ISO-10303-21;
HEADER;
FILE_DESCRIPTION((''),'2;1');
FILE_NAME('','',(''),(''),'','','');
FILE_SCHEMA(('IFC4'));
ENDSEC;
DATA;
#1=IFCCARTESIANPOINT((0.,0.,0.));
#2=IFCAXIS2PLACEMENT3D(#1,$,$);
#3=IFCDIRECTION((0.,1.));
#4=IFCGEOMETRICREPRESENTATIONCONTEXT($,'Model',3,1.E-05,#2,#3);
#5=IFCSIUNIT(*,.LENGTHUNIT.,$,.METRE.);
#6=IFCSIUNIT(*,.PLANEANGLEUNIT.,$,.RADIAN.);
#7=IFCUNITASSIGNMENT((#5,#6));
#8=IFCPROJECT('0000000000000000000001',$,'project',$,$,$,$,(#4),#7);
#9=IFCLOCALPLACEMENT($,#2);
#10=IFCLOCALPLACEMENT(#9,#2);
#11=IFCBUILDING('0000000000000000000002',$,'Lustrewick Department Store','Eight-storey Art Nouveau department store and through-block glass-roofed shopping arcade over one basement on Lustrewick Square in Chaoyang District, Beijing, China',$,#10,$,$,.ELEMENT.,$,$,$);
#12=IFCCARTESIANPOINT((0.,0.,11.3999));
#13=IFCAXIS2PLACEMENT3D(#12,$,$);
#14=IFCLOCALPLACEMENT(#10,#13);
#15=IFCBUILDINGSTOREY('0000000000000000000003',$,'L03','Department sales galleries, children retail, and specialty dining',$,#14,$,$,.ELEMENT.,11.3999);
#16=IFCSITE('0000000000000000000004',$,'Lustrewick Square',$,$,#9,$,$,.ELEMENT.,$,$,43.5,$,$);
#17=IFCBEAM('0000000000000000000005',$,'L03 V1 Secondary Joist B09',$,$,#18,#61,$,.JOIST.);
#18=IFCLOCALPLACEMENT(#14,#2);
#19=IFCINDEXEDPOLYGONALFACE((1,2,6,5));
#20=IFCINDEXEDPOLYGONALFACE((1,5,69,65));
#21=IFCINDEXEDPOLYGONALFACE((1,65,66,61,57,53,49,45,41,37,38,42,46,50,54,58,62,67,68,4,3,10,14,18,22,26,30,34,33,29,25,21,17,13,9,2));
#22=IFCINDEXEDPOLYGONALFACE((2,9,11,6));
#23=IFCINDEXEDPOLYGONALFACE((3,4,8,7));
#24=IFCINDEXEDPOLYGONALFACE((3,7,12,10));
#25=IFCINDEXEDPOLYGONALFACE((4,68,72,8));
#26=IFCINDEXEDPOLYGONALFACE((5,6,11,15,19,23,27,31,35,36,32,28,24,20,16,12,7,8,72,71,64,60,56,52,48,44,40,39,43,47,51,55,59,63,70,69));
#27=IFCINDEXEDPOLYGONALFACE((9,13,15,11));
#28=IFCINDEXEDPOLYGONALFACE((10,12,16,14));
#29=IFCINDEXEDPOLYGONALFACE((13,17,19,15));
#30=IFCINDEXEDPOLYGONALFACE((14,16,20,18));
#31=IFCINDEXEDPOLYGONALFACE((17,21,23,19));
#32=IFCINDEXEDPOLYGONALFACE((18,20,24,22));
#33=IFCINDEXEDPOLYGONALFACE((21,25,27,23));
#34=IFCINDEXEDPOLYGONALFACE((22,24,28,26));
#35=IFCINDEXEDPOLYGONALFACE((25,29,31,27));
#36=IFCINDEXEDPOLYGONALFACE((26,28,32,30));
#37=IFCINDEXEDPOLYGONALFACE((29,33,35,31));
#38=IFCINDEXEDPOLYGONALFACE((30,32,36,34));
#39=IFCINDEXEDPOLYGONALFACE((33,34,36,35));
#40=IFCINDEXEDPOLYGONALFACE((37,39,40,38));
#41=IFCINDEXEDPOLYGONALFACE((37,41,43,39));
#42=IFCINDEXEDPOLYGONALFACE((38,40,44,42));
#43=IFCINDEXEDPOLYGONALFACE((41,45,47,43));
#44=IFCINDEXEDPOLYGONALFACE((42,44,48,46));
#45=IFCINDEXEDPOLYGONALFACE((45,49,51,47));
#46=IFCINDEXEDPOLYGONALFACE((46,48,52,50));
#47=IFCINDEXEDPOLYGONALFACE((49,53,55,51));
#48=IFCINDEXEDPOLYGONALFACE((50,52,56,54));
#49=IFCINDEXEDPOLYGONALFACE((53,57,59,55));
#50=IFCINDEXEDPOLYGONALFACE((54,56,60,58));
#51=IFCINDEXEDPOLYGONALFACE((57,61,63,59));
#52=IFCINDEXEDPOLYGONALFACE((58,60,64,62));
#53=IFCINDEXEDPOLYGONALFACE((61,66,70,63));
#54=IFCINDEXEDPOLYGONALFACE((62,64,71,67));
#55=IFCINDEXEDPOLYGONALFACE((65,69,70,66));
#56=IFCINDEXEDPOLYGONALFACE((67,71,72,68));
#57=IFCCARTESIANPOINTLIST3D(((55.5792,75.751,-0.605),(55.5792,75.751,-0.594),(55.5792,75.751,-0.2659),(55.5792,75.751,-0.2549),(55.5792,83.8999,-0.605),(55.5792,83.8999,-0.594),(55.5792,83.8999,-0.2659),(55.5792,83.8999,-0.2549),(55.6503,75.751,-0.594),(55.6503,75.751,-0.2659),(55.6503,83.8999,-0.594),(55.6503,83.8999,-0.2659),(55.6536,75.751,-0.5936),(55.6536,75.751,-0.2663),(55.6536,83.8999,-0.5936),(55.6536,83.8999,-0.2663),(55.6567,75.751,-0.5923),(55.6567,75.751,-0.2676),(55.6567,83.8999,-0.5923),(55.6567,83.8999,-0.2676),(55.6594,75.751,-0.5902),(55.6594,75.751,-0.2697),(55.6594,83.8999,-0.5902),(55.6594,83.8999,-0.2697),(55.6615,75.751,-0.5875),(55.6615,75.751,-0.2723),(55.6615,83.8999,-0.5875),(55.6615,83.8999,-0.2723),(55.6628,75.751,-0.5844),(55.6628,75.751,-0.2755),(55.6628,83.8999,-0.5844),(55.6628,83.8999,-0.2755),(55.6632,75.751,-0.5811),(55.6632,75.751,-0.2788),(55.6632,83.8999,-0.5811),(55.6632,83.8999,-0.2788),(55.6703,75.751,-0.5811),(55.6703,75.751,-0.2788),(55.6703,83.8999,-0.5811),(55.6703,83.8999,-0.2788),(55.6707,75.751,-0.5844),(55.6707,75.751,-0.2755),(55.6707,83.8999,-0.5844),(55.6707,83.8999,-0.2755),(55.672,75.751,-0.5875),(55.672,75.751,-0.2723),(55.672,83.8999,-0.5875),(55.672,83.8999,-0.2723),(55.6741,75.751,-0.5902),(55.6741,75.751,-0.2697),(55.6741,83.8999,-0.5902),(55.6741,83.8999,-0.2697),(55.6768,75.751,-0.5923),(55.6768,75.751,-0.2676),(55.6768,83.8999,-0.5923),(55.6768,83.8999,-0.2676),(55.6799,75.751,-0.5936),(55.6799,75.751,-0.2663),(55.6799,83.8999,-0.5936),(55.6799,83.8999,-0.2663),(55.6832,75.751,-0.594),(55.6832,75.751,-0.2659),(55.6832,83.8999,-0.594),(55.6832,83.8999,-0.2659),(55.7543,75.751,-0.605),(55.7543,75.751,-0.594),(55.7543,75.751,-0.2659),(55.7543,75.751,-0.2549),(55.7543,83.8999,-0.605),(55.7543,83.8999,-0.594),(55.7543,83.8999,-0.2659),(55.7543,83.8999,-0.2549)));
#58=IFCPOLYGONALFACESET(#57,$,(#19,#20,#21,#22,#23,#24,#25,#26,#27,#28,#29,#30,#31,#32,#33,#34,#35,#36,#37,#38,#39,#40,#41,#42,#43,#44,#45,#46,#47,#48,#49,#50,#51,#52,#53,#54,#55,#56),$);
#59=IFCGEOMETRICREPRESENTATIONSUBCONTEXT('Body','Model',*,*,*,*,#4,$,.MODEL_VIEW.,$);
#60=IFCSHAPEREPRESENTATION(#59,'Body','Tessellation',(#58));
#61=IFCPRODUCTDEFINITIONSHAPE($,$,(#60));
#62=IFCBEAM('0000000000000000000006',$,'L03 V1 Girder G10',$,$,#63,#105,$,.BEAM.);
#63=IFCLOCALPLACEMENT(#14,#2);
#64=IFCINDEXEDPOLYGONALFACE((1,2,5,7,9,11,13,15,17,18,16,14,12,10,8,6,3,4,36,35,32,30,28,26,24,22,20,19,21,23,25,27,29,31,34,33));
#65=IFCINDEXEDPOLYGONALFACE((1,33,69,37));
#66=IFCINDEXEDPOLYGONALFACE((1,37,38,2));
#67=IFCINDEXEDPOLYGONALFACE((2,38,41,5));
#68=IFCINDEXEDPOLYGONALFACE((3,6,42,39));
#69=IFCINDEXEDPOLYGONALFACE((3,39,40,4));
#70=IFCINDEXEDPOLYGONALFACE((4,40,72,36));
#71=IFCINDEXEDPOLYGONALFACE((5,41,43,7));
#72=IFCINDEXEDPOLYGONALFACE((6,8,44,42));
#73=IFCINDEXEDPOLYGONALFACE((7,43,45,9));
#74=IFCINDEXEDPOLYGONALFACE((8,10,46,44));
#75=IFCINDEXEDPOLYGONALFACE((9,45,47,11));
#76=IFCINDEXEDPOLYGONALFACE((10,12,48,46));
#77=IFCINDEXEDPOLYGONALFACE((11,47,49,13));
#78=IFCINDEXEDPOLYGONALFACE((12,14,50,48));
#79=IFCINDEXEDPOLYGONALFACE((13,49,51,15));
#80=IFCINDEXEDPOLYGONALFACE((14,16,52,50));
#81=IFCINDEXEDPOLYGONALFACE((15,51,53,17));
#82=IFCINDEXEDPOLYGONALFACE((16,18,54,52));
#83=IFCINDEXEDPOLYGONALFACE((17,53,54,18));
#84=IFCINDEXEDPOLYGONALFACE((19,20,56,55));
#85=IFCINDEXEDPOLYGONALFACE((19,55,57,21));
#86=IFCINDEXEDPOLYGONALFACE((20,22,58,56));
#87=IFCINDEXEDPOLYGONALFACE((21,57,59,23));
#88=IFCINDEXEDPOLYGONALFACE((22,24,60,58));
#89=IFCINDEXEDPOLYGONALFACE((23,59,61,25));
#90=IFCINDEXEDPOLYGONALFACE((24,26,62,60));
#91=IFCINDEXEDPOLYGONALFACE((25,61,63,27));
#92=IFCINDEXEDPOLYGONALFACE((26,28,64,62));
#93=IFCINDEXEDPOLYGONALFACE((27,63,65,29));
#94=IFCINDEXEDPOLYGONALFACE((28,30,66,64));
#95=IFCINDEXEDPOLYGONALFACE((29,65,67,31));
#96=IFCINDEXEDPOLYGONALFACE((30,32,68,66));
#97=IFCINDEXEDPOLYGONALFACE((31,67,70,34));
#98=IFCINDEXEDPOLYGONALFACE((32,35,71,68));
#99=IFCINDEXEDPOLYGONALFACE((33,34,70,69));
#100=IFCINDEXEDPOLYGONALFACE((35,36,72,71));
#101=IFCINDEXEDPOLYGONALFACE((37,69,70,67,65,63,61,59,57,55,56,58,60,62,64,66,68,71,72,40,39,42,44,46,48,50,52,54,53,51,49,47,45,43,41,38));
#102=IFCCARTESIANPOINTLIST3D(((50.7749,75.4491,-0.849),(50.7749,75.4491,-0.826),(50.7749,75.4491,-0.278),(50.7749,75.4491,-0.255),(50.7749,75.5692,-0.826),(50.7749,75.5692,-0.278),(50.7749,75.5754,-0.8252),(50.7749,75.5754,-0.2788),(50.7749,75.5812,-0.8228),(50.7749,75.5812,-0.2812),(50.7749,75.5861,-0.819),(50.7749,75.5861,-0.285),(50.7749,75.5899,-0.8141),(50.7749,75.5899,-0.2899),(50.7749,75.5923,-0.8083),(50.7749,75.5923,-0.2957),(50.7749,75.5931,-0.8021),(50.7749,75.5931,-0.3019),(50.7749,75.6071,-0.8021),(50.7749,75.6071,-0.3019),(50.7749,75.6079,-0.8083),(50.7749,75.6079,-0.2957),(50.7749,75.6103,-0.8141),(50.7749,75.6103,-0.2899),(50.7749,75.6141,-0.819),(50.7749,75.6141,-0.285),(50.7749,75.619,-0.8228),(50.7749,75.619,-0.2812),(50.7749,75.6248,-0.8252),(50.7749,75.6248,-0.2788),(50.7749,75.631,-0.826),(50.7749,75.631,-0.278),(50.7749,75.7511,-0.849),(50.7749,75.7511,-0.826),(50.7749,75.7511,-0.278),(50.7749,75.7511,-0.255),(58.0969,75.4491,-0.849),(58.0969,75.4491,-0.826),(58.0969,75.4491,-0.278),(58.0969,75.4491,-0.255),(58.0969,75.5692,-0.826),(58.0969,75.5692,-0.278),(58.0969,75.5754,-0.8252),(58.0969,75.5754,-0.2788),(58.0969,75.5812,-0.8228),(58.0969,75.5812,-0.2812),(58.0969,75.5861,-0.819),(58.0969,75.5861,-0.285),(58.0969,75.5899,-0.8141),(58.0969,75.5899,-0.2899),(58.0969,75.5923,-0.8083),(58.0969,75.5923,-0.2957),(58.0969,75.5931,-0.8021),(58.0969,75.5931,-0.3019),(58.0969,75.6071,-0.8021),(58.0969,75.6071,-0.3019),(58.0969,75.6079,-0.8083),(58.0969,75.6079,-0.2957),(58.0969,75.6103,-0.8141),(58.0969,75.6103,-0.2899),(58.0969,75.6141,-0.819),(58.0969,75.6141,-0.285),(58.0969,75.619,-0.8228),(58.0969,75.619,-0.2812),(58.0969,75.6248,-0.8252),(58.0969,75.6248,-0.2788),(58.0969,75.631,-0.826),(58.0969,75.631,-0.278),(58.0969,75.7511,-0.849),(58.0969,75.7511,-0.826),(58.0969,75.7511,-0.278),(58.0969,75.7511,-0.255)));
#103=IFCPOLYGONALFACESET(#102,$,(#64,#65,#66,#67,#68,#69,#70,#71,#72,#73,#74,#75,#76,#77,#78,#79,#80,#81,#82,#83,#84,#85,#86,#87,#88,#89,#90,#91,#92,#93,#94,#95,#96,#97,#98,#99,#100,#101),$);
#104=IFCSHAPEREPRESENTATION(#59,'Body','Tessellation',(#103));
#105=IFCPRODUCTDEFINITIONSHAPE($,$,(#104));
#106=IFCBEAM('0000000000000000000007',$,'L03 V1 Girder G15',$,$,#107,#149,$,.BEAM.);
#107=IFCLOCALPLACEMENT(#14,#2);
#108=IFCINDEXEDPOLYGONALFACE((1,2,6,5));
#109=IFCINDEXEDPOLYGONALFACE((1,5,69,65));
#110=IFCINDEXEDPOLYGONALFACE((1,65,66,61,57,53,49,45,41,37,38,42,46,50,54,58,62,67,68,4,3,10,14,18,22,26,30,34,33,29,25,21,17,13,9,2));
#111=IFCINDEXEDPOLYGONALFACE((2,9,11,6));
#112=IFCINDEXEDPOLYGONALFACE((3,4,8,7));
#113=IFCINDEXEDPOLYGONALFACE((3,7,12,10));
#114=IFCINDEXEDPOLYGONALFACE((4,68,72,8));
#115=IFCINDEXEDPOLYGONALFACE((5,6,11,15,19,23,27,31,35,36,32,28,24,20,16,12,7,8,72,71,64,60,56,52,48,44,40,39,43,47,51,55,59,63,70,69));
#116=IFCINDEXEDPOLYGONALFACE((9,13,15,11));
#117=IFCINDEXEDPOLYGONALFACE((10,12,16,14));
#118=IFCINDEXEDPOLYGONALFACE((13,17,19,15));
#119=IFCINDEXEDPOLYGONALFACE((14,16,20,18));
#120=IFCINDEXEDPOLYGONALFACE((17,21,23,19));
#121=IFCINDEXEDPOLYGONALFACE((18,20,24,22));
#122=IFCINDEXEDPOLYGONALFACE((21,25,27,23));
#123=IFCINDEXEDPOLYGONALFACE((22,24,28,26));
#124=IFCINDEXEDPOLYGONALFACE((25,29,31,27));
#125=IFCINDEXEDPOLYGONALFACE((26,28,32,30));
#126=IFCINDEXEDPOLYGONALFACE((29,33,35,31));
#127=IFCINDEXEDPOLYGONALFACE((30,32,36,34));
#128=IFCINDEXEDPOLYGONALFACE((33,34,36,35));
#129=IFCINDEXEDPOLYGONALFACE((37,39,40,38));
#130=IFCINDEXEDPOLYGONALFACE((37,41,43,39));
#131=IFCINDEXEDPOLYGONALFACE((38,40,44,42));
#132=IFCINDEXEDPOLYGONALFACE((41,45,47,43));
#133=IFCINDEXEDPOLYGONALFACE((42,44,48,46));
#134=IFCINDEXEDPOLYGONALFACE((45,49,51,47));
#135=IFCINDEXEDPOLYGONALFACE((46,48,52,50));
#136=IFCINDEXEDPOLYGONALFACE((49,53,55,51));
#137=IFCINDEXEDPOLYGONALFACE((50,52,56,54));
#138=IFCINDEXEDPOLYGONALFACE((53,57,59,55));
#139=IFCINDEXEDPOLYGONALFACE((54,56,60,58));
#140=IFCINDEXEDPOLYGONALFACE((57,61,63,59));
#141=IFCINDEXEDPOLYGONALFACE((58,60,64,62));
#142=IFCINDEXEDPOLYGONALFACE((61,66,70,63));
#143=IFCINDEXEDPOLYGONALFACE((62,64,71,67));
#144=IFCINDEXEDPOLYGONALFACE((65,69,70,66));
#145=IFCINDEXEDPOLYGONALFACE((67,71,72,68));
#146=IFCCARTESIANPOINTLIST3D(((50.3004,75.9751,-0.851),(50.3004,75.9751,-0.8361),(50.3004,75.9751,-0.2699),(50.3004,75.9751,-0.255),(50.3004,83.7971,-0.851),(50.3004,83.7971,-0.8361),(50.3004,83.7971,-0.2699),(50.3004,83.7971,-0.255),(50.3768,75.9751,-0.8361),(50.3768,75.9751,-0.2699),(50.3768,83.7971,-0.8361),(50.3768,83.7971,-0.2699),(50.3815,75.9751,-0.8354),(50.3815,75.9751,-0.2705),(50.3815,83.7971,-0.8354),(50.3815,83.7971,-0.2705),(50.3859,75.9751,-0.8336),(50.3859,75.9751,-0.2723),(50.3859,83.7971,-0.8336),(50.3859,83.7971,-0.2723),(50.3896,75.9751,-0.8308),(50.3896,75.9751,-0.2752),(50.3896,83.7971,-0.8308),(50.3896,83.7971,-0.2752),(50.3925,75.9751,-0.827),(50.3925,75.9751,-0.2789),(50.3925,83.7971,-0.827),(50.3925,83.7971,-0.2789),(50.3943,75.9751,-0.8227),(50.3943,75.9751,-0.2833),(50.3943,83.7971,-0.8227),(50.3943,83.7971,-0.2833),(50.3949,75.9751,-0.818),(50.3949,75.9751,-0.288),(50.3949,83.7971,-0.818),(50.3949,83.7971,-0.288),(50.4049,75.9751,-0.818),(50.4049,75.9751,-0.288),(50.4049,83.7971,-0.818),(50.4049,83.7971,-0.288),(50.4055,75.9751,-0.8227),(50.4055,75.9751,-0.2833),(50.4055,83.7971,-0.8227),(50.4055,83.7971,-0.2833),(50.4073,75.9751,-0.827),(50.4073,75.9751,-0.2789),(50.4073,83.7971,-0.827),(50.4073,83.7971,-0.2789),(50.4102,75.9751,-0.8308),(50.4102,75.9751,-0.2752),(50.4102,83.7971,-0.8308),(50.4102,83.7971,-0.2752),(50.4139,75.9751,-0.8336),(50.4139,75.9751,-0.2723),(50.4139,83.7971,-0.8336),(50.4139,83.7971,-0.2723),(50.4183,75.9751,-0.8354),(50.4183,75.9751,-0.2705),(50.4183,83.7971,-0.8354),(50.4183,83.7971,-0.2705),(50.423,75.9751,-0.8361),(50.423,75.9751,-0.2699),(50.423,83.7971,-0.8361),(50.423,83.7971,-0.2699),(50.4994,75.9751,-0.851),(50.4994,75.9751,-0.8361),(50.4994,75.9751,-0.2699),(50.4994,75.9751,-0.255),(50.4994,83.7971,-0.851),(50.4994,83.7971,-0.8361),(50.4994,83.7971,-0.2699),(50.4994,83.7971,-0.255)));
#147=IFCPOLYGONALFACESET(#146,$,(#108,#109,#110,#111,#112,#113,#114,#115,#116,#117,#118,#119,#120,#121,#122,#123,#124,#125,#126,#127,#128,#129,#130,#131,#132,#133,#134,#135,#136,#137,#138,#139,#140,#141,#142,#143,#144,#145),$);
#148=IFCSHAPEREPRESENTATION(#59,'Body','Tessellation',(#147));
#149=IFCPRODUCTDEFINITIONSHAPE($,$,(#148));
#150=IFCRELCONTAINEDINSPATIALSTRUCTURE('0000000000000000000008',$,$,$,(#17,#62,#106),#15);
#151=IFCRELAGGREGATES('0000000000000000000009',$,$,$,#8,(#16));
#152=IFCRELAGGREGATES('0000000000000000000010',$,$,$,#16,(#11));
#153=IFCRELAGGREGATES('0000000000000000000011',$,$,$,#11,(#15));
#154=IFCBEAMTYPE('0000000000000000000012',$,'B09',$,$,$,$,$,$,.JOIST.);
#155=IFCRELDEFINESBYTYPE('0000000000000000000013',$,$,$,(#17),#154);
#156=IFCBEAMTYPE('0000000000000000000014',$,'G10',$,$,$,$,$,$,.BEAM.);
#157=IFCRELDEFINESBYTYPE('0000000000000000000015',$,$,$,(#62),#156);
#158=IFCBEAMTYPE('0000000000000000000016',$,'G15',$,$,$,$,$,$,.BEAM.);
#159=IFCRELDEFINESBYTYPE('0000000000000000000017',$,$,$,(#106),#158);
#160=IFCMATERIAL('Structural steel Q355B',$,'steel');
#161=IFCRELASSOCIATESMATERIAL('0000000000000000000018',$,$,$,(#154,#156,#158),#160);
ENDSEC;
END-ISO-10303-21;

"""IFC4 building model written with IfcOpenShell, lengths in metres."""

from ifc_helpers import new_model, si_unit, direction, frame, origin, origin_2d, place, context, subcontext, project, spatial, i_section, extrude, material, material_profile, profile_set, type_object, element, save


model = new_model("IFC4")

# Units and contexts
model_context = context("Model", 3, precision=1e-05, world=origin(), true_north=direction((0.0, 1.0)))
body_context = subcontext(model_context, "Body", "Model", "MODEL_VIEW")
ifc_project = project(units=[si_unit("LENGTHUNIT", "METRE"), si_unit("PLANEANGLEUNIT", "RADIAN")], contexts=[model_context])

# Site, building, storey
site_placement = place(None, origin())
site = spatial("IfcSite", under=ifc_project, at=site_placement, Name="Lustrewick Square", CompositionType="ELEMENT", RefElevation=43.5)
building_placement = place(site_placement, origin())
building = spatial("IfcBuilding", under=site, at=building_placement, Name="Lustrewick Department Store", Description="Eight-storey Art Nouveau department store and through-block glass-roofed shopping arcade over one basement on Lustrewick Square in Chaoyang District, Beijing, China", CompositionType="ELEMENT")
storey_placement = place(building_placement, frame((0.0, 0.0, 11.3999)))
storey = spatial("IfcBuildingStorey", under=building, at=storey_placement, Name="L03", Description="Department sales galleries, children retail, and specialty dining", CompositionType="ELEMENT", Elevation=11.3999)

# Shared definitions
ifc_material_1 = material(Name="Structural steel Q355B", Category="steel")

# Beams
ifc_material_profile_1 = material_profile(ifc_material_1, i_section(OverallWidth=0.175, OverallDepth=0.3501, WebThickness=0.0071, FlangeThickness=0.011, FilletRadius=0.0129, at=origin_2d()), Name="HN 350x175x7x11")
ifc_profile_set_1 = profile_set([ifc_material_profile_1], Name="Structural steel Q355B")
beam_type_1 = type_object("IfcBeamType", Name="B09", PredefinedType="JOIST", material=ifc_profile_set_1)
beam_1_placement = place(storey_placement, frame((55.6667, 75.751, -0.4299), z_axis=(0.0, 1.0, 0.0), x_axis=(-1.0, 0.0, 0.0)))
element("IfcBeam", 1, at=beam_1_placement, inside=storey, type_object=beam_type_1, Name="L03 V1 Secondary Joist B09", PredefinedType="JOIST", context=body_context, shape_type="SweptSolid", body=[
    extrude(i_section(OverallWidth=0.175, OverallDepth=0.3501, WebThickness=0.0071, FlangeThickness=0.011, FilletRadius=0.0129, at=origin_2d()), origin(), (0.0, 0.0, 1.0), 8.1489),
])
ifc_material_profile_2 = material_profile(ifc_material_1, i_section(OverallWidth=0.302, OverallDepth=0.594, WebThickness=0.0139, FlangeThickness=0.0229, FilletRadius=0.0239, at=origin_2d()), Name="HM 594x302x14x23")
ifc_profile_set_2 = profile_set([ifc_material_profile_2], Name="Structural steel Q355B")
beam_type_2 = type_object("IfcBeamType", Name="G10", PredefinedType="BEAM", material=ifc_profile_set_2)
beam_2_placement = place(storey_placement, frame((50.7749, 75.6001, -0.552), z_axis=(1.0, 0.0, 0.0), x_axis=(0.0, 1.0, 0.0)))
element("IfcBeam", 2, at=beam_2_placement, inside=storey, type_object=beam_type_2, Name="L03 V1 Girder G10", PredefinedType="BEAM", context=body_context, shape_type="SweptSolid", body=[
    extrude(i_section(OverallWidth=0.302, OverallDepth=0.594, WebThickness=0.0139, FlangeThickness=0.0229, FilletRadius=0.0239, at=origin_2d()), origin(), (0.0, 0.0, 1.0), 7.322),
])
ifc_material_profile_3 = material_profile(ifc_material_1, i_section(OverallWidth=0.199, OverallDepth=0.5959, WebThickness=0.01, FlangeThickness=0.0149, FilletRadius=0.0181, at=origin_2d()), Name="HN 596x199x10x15")
ifc_profile_set_3 = profile_set([ifc_material_profile_3], Name="Structural steel Q355B")
beam_type_3 = type_object("IfcBeamType", Name="G15", PredefinedType="BEAM", material=ifc_profile_set_3)
beam_3_placement = place(storey_placement, frame((50.3999, 75.9751, -0.553), z_axis=(0.0, 1.0, 0.0), x_axis=(-1.0, 0.0, 0.0)))
element("IfcBeam", 3, at=beam_3_placement, inside=storey, type_object=beam_type_3, Name="L03 V1 Girder G15", PredefinedType="BEAM", context=body_context, shape_type="SweptSolid", body=[
    extrude(i_section(OverallWidth=0.199, OverallDepth=0.5959, WebThickness=0.01, FlangeThickness=0.0149, FilletRadius=0.0181, at=origin_2d()), origin(), (0.0, 0.0, 1.0), 7.822),
])

save(model, "model.ifc")
